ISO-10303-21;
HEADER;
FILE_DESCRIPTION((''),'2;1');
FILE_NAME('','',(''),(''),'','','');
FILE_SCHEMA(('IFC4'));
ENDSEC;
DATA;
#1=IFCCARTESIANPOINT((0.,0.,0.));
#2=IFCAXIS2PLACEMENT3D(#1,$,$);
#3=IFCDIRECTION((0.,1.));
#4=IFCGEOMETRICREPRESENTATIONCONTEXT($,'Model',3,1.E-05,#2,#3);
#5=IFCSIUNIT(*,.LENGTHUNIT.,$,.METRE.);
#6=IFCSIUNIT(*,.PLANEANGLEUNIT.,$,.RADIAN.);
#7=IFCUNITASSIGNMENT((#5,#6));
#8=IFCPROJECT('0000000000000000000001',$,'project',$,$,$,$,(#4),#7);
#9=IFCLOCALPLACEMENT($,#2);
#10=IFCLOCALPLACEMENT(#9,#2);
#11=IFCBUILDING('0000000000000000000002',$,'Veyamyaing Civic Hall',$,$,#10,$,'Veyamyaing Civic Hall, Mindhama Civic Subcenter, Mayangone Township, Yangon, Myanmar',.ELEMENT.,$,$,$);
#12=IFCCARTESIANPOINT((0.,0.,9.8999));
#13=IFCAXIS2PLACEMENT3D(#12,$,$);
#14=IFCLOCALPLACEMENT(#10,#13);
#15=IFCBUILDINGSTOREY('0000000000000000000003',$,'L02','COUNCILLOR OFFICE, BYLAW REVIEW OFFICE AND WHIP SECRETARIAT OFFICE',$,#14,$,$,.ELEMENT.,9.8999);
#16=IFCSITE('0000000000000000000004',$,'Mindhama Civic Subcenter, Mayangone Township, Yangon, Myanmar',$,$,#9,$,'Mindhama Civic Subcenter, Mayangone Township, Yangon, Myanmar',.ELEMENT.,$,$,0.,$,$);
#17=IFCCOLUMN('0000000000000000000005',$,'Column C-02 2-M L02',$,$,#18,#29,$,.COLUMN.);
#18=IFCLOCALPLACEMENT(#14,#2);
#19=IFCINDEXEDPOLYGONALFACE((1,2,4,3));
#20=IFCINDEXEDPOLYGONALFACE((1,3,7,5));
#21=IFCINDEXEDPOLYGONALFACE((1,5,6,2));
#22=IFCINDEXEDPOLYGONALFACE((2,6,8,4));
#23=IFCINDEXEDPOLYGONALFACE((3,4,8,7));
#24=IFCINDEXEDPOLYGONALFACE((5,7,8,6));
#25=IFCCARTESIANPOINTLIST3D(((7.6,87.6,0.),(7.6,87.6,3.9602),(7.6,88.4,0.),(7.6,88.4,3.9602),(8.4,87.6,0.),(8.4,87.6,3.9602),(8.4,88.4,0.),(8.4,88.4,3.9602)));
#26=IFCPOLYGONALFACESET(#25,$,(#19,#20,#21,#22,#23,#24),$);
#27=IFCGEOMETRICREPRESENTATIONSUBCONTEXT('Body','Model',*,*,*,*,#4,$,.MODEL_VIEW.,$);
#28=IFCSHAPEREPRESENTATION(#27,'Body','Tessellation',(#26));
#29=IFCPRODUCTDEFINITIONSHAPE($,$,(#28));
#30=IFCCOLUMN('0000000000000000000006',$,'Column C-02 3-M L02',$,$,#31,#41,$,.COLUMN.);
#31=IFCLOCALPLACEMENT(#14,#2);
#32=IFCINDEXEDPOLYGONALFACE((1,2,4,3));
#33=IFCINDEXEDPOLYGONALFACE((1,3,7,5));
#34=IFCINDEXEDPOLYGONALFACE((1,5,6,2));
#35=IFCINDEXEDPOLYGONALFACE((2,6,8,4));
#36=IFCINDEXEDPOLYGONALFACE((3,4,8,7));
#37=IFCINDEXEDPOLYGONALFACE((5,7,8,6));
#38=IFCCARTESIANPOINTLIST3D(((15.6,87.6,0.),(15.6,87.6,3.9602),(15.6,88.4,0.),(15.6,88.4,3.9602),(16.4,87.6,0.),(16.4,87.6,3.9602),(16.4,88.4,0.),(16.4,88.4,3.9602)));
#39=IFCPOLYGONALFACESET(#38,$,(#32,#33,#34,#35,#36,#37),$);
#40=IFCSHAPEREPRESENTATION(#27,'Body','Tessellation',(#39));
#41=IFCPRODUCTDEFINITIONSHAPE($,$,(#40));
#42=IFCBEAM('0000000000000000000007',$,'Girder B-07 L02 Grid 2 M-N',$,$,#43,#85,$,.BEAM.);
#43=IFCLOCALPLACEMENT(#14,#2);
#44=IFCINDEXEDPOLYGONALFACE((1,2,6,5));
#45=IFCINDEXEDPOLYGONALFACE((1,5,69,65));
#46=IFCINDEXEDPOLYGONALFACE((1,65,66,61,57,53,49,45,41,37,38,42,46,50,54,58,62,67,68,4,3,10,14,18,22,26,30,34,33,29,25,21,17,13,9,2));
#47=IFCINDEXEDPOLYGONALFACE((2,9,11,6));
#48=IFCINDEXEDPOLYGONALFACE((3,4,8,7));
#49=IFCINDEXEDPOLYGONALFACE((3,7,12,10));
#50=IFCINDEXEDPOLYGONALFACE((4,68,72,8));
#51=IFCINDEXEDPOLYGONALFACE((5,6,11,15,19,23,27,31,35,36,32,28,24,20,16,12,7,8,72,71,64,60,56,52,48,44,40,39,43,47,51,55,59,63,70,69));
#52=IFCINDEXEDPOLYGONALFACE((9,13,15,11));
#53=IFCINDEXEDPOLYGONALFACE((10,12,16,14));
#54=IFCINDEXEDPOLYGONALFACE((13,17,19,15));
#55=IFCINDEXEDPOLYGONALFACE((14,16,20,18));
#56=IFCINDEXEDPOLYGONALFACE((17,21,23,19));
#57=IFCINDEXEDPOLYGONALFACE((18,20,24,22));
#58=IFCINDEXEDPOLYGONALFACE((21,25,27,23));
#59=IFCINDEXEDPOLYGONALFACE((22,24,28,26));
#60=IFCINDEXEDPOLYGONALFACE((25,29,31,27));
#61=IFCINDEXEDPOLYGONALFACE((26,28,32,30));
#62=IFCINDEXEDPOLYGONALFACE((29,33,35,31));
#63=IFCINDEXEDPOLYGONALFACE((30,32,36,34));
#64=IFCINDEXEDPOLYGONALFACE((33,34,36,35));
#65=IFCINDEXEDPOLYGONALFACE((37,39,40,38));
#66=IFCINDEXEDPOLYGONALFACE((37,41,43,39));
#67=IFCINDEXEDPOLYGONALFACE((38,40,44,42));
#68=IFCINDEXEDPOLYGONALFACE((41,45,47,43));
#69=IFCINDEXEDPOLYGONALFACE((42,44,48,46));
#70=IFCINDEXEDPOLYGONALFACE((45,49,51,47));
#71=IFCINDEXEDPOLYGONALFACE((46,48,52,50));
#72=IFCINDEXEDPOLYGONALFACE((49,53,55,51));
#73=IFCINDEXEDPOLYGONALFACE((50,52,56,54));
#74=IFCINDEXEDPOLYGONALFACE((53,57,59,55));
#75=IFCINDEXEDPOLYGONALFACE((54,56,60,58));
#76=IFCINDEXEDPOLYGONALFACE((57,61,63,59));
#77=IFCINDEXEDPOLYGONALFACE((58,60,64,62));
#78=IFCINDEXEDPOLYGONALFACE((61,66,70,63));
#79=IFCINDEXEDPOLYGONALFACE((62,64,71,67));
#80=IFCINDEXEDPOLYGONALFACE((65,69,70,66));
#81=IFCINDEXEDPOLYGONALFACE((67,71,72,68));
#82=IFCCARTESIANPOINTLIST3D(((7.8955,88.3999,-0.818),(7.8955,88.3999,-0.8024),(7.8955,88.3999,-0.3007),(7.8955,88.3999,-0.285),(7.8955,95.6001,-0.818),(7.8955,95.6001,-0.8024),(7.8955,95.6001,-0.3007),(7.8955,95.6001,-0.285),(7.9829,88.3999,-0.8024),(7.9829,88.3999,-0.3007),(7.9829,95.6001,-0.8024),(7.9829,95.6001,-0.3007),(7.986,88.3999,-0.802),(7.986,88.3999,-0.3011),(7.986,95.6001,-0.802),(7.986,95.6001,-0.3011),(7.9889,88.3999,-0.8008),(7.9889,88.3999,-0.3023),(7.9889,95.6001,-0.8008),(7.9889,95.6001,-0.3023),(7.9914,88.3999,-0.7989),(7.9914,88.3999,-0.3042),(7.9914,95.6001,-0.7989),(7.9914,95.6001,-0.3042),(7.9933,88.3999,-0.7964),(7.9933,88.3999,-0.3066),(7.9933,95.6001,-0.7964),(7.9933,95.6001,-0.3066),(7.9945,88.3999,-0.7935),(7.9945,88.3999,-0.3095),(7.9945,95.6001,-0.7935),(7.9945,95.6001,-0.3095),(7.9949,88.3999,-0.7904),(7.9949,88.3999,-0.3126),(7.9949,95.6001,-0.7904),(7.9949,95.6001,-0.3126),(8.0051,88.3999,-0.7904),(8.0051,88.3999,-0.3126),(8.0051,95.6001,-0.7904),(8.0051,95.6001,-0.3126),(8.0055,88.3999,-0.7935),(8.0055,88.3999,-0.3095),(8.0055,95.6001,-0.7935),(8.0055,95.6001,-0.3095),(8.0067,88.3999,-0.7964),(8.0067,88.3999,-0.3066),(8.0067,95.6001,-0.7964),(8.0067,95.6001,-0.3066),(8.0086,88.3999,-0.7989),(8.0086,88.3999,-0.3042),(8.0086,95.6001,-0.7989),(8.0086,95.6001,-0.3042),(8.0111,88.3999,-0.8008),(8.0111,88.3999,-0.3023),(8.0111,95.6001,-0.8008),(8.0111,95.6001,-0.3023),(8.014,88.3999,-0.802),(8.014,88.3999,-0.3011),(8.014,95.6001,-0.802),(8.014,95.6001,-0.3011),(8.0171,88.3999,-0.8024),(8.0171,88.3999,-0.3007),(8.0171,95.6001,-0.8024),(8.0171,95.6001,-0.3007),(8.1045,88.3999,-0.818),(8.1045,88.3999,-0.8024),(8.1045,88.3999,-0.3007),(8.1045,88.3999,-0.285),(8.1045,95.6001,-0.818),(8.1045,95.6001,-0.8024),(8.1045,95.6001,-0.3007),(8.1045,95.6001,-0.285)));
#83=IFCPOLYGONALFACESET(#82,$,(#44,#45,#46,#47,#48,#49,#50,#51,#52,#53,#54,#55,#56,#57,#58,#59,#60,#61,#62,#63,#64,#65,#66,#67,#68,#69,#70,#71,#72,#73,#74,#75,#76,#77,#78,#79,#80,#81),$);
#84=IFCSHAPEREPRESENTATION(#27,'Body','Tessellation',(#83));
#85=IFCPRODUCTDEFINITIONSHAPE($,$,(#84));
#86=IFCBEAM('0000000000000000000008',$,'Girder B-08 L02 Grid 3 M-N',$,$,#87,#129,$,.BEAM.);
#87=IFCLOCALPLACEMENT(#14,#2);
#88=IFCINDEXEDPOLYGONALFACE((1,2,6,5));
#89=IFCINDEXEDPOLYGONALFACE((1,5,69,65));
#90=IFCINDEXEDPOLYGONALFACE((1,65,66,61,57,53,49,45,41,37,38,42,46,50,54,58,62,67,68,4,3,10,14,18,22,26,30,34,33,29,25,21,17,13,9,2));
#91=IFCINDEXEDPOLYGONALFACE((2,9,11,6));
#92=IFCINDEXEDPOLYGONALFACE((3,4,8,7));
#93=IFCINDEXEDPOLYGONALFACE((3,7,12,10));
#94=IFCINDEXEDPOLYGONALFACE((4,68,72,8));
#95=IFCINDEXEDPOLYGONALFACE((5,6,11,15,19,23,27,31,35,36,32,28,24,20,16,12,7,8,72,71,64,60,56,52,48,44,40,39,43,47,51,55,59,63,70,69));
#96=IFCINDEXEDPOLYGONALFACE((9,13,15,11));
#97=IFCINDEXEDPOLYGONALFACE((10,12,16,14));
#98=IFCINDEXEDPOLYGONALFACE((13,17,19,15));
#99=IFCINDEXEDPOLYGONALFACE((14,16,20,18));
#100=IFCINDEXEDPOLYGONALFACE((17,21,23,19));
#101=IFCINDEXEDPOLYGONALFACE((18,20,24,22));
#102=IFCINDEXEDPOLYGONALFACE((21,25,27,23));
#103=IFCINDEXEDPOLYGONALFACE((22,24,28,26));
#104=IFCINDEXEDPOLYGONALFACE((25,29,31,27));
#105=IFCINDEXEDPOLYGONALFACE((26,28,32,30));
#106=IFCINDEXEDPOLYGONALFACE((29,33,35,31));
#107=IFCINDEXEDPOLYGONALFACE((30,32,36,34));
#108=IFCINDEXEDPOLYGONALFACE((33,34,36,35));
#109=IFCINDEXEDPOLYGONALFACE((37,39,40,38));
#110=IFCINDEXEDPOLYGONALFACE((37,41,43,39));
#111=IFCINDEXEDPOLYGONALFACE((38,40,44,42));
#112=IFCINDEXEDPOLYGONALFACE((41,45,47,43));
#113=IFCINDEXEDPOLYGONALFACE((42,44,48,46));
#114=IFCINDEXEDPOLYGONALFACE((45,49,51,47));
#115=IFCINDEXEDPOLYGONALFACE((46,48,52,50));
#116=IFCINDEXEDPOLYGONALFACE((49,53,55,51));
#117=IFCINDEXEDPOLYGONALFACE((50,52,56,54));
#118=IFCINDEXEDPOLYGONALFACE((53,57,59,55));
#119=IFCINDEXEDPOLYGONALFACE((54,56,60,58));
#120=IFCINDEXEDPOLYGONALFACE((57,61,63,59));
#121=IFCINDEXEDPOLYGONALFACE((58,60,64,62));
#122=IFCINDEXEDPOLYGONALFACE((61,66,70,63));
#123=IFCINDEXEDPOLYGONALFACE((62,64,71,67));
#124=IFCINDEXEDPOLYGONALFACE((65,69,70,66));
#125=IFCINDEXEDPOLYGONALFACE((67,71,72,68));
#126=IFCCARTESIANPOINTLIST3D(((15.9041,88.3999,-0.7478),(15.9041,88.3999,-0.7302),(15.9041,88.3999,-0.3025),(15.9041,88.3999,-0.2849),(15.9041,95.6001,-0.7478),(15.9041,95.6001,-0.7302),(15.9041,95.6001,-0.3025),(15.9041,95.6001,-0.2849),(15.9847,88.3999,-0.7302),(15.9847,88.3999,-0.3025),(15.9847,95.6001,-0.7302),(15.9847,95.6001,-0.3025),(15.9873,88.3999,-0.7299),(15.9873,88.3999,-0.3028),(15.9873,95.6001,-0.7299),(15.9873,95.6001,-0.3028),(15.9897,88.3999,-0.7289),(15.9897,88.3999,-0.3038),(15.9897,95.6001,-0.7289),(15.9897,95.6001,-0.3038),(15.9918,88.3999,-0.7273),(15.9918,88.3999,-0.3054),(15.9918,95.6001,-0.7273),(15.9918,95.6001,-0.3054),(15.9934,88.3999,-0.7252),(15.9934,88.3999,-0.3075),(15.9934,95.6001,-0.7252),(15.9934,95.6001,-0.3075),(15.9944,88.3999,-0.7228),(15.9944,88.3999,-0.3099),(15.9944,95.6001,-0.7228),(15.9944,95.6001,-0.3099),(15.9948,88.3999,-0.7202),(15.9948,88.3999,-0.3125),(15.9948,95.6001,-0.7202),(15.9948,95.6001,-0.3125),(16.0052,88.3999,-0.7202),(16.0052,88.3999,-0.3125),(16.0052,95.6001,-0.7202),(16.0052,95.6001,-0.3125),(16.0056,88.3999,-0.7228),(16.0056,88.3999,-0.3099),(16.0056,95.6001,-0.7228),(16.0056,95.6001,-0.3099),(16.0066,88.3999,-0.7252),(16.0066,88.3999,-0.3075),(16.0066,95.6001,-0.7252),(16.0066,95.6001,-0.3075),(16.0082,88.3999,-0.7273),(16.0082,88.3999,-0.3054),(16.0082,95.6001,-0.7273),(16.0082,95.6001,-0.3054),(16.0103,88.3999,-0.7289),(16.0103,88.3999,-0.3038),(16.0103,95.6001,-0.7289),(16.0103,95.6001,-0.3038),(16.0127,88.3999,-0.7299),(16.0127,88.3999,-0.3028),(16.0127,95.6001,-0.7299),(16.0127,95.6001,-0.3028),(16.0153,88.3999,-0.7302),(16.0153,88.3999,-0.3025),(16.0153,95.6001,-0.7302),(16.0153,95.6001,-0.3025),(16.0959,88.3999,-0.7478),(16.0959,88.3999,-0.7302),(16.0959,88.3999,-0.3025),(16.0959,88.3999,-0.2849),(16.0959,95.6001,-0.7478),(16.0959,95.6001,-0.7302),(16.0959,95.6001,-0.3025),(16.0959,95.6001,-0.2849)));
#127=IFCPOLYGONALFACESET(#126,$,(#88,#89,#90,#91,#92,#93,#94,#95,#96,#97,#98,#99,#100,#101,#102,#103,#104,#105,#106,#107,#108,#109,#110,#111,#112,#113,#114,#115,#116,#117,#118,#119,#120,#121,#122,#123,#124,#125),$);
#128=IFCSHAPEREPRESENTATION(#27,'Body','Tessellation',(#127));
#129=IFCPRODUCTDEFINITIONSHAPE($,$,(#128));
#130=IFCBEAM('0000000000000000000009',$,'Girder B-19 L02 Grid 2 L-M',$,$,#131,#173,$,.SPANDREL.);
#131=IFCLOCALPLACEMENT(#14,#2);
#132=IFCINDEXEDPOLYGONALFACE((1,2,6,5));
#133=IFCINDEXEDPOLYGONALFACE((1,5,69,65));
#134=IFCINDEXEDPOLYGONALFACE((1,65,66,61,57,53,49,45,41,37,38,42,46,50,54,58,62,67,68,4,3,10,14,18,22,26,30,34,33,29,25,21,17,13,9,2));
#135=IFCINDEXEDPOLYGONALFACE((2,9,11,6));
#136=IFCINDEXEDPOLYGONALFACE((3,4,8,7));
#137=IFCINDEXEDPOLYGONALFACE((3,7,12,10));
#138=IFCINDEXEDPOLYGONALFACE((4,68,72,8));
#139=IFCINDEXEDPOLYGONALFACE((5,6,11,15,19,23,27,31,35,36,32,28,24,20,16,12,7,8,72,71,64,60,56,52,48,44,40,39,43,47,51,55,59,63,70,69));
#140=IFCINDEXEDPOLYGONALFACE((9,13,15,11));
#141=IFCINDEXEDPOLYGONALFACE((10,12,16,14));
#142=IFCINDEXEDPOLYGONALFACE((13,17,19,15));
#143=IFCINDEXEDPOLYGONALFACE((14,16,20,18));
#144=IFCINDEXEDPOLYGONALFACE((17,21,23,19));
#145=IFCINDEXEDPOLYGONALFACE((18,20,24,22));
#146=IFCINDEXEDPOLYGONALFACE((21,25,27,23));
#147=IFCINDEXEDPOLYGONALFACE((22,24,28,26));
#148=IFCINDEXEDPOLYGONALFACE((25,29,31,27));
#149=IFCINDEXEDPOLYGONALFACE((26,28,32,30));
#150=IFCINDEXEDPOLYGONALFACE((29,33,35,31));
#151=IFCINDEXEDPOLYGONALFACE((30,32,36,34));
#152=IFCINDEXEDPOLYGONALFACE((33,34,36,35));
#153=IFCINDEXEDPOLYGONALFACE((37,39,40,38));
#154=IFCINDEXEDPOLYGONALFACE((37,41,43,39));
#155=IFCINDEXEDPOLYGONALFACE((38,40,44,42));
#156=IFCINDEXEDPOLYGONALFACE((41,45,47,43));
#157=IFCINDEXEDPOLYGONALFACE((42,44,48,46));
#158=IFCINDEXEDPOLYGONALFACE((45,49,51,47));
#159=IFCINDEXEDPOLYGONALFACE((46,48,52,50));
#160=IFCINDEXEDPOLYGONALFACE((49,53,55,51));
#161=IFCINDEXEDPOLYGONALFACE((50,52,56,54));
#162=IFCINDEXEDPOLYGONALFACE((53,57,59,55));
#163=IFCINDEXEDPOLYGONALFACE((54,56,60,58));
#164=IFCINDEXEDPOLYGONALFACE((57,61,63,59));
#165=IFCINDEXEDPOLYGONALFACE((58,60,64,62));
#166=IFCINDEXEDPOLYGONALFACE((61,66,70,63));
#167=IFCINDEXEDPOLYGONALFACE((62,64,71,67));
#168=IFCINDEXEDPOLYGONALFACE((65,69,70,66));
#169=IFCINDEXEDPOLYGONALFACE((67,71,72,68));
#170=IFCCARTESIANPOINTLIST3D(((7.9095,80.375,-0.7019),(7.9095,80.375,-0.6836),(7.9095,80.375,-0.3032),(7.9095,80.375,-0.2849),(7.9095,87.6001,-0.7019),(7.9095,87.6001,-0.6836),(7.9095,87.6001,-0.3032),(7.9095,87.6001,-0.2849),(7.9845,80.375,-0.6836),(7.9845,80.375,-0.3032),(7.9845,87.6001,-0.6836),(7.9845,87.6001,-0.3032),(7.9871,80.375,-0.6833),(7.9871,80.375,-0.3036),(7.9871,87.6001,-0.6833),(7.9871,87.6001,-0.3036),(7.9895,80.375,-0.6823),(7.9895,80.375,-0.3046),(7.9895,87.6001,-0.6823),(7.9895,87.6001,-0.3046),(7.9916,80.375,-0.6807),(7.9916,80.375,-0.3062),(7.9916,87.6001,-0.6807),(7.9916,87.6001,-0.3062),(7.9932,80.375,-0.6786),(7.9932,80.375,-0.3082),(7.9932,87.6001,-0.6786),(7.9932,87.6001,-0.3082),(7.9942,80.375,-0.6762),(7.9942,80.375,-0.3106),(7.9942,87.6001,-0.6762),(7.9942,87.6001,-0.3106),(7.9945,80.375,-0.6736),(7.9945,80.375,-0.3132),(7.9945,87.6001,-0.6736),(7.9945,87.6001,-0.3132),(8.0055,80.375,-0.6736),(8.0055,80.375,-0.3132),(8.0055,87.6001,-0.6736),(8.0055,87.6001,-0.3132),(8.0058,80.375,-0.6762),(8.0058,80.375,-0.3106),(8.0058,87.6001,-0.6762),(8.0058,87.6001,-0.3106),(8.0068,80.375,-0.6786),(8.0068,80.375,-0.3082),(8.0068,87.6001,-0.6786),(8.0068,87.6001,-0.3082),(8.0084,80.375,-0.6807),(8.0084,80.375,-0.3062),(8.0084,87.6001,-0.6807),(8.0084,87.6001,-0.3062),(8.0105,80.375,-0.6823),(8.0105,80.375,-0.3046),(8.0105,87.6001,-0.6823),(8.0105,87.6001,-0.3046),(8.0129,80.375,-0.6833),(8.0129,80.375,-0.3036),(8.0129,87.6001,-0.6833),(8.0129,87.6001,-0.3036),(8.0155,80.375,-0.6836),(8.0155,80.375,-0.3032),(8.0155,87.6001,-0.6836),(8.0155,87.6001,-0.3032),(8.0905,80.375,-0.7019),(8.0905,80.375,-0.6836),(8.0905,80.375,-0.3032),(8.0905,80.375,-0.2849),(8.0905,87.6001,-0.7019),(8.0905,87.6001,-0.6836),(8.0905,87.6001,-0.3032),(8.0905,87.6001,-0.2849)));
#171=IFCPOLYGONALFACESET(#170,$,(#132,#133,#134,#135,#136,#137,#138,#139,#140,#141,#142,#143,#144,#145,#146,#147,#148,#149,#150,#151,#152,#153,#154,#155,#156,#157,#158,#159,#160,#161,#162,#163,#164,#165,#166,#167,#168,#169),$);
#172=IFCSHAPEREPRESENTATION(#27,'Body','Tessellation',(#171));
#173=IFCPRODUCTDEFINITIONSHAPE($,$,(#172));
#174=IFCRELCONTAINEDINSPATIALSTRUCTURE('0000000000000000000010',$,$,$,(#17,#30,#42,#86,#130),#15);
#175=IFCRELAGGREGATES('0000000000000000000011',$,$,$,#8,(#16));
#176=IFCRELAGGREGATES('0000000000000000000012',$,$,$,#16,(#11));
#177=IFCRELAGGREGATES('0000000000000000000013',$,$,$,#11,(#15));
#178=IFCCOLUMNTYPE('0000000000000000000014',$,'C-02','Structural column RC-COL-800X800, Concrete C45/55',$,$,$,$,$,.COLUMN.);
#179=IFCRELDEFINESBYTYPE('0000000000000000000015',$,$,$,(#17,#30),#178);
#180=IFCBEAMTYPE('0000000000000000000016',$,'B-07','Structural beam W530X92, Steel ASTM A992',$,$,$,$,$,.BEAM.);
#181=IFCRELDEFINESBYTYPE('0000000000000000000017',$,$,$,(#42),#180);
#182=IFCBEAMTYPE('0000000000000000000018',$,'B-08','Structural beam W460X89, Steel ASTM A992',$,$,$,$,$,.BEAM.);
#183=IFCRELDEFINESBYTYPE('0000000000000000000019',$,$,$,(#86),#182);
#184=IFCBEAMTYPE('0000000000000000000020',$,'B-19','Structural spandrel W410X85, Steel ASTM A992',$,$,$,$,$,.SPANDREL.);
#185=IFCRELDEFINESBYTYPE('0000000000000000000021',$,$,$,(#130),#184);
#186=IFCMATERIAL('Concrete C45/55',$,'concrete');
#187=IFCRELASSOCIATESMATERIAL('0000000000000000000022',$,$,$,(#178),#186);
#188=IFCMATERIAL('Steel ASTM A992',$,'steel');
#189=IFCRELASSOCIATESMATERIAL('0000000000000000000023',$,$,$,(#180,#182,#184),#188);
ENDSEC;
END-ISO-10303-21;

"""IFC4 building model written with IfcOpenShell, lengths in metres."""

from ifc_helpers import new_model, si_unit, direction, frame, origin, origin_2d, place, context, subcontext, project, spatial, rectangle, i_section, extrude, material, material_profile, profile_set, type_object, element, save


model = new_model("IFC4")

# Units and contexts
model_context = context("Model", 3, precision=1e-05, world=origin(), true_north=direction((0.0, 1.0)))
body_context = subcontext(model_context, "Body", "Model", "MODEL_VIEW")
ifc_project = project(units=[si_unit("LENGTHUNIT", "METRE"), si_unit("PLANEANGLEUNIT", "RADIAN")], contexts=[model_context])

# Site, building, storey
site_placement = place(None, origin())
site = spatial("IfcSite", under=ifc_project, at=site_placement, Name="Mindhama Civic Subcenter, Mayangone Township, Yangon, Myanmar", LongName="Mindhama Civic Subcenter, Mayangone Township, Yangon, Myanmar", CompositionType="ELEMENT", RefElevation=0.0)
building_placement = place(site_placement, origin())
building = spatial("IfcBuilding", under=site, at=building_placement, Name="Veyamyaing Civic Hall", LongName="Veyamyaing Civic Hall, Mindhama Civic Subcenter, Mayangone Township, Yangon, Myanmar", CompositionType="ELEMENT")
storey_placement = place(building_placement, frame((0.0, 0.0, 9.8999)))
storey = spatial("IfcBuildingStorey", under=building, at=storey_placement, Name="L02", Description="COUNCILLOR OFFICE, BYLAW REVIEW OFFICE AND WHIP SECRETARIAT OFFICE", CompositionType="ELEMENT", Elevation=9.8999)

# Columns
ifc_material_1 = material(Name="Concrete C45/55", Category="concrete")
ifc_material_profile_1 = material_profile(ifc_material_1, rectangle(XDim=0.8, YDim=0.8, at=origin_2d()), Name="RC-COL-800X800")
ifc_profile_set_1 = profile_set([ifc_material_profile_1], Name="Concrete C45/55")
column_type = type_object("IfcColumnType", Name="C-02", Description="Structural column RC-COL-800X800, Concrete C45/55", PredefinedType="COLUMN", material=ifc_profile_set_1)
for number, where, z_axis, x_axis, name in (
    (1, (8.0, 88.0, 0.0), (0.0, 0.0, 1.0), (1.0, 0.0, 0.0), "Column C-02 2-M L02"),
    (2, (16.0, 88.0, 0.0), (0.0, 0.0, 1.0), (1.0, 0.0, 0.0), "Column C-02 3-M L02"),
):
    element("IfcColumn", number, at=place(storey_placement, frame(where, z_axis=z_axis, x_axis=x_axis)), inside=storey, type_object=column_type, Name=name, PredefinedType="COLUMN", context=body_context, shape_type="SweptSolid", body=[
        extrude(rectangle(XDim=0.8, YDim=0.8, at=origin_2d()), origin(), (0.0, 0.0, 1.0), 3.9602),
    ])

# Beams
ifc_material_2 = material(Name="Steel ASTM A992", Category="steel")
ifc_material_profile_2 = material_profile(ifc_material_2, i_section(OverallWidth=0.209, OverallDepth=0.533, WebThickness=0.0103, FlangeThickness=0.0156, FilletRadius=0.012, at=origin_2d()), Name="W530X92")
ifc_profile_set_2 = profile_set([ifc_material_profile_2], Name="Steel ASTM A992")
beam_type_1 = type_object("IfcBeamType", Name="B-07", Description="Structural beam W530X92, Steel ASTM A992", PredefinedType="BEAM", material=ifc_profile_set_2)
beam_1_placement = place(storey_placement, frame((8.0, 88.3999, -0.5515), z_axis=(0.0, 1.0, 0.0), x_axis=(-1.0, 0.0, 0.0)))
element("IfcBeam", 3, at=beam_1_placement, inside=storey, type_object=beam_type_1, Name="Girder B-07 L02 Grid 2 M-N", PredefinedType="BEAM", context=body_context, shape_type="SweptSolid", body=[
    extrude(i_section(OverallWidth=0.209, OverallDepth=0.533, WebThickness=0.0103, FlangeThickness=0.0156, FilletRadius=0.012, at=origin_2d()), origin(), (0.0, 0.0, 1.0), 7.2002),
])
ifc_material_profile_3 = material_profile(ifc_material_2, i_section(OverallWidth=0.1919, OverallDepth=0.4629, WebThickness=0.0105, FlangeThickness=0.0176, FilletRadius=0.01, at=origin_2d()), Name="W460X89")
ifc_profile_set_3 = profile_set([ifc_material_profile_3], Name="Steel ASTM A992")
beam_type_2 = type_object("IfcBeamType", Name="B-08", Description="Structural beam W460X89, Steel ASTM A992", PredefinedType="BEAM", material=ifc_profile_set_3)
beam_2_placement = place(storey_placement, frame((16.0, 88.3999, -0.5164), z_axis=(0.0, 1.0, 0.0), x_axis=(-1.0, 0.0, 0.0)))
element("IfcBeam", 4, at=beam_2_placement, inside=storey, type_object=beam_type_2, Name="Girder B-08 L02 Grid 3 M-N", PredefinedType="BEAM", context=body_context, shape_type="SweptSolid", body=[
    extrude(i_section(OverallWidth=0.1919, OverallDepth=0.4629, WebThickness=0.0105, FlangeThickness=0.0176, FilletRadius=0.01, at=origin_2d()), origin(), (0.0, 0.0, 1.0), 7.2002),
])
ifc_material_profile_4 = material_profile(ifc_material_2, i_section(OverallWidth=0.1809, OverallDepth=0.417, WebThickness=0.011, FlangeThickness=0.0183, FilletRadius=0.01, at=origin_2d()), Name="W410X85")
ifc_profile_set_4 = profile_set([ifc_material_profile_4], Name="Steel ASTM A992")
beam_type_3 = type_object("IfcBeamType", Name="B-19", Description="Structural spandrel W410X85, Steel ASTM A992", PredefinedType="SPANDREL", material=ifc_profile_set_4)
beam_3_placement = place(storey_placement, frame((8.0, 80.375, -0.4934), z_axis=(0.0, 1.0, 0.0), x_axis=(-1.0, 0.0, 0.0)))
element("IfcBeam", 5, at=beam_3_placement, inside=storey, type_object=beam_type_3, Name="Girder B-19 L02 Grid 2 L-M", PredefinedType="SPANDREL", context=body_context, shape_type="SweptSolid", body=[
    extrude(i_section(OverallWidth=0.1809, OverallDepth=0.417, WebThickness=0.011, FlangeThickness=0.0183, FilletRadius=0.01, at=origin_2d()), origin(), (0.0, 0.0, 1.0), 7.2251),
])

save(model, "model.ifc")
